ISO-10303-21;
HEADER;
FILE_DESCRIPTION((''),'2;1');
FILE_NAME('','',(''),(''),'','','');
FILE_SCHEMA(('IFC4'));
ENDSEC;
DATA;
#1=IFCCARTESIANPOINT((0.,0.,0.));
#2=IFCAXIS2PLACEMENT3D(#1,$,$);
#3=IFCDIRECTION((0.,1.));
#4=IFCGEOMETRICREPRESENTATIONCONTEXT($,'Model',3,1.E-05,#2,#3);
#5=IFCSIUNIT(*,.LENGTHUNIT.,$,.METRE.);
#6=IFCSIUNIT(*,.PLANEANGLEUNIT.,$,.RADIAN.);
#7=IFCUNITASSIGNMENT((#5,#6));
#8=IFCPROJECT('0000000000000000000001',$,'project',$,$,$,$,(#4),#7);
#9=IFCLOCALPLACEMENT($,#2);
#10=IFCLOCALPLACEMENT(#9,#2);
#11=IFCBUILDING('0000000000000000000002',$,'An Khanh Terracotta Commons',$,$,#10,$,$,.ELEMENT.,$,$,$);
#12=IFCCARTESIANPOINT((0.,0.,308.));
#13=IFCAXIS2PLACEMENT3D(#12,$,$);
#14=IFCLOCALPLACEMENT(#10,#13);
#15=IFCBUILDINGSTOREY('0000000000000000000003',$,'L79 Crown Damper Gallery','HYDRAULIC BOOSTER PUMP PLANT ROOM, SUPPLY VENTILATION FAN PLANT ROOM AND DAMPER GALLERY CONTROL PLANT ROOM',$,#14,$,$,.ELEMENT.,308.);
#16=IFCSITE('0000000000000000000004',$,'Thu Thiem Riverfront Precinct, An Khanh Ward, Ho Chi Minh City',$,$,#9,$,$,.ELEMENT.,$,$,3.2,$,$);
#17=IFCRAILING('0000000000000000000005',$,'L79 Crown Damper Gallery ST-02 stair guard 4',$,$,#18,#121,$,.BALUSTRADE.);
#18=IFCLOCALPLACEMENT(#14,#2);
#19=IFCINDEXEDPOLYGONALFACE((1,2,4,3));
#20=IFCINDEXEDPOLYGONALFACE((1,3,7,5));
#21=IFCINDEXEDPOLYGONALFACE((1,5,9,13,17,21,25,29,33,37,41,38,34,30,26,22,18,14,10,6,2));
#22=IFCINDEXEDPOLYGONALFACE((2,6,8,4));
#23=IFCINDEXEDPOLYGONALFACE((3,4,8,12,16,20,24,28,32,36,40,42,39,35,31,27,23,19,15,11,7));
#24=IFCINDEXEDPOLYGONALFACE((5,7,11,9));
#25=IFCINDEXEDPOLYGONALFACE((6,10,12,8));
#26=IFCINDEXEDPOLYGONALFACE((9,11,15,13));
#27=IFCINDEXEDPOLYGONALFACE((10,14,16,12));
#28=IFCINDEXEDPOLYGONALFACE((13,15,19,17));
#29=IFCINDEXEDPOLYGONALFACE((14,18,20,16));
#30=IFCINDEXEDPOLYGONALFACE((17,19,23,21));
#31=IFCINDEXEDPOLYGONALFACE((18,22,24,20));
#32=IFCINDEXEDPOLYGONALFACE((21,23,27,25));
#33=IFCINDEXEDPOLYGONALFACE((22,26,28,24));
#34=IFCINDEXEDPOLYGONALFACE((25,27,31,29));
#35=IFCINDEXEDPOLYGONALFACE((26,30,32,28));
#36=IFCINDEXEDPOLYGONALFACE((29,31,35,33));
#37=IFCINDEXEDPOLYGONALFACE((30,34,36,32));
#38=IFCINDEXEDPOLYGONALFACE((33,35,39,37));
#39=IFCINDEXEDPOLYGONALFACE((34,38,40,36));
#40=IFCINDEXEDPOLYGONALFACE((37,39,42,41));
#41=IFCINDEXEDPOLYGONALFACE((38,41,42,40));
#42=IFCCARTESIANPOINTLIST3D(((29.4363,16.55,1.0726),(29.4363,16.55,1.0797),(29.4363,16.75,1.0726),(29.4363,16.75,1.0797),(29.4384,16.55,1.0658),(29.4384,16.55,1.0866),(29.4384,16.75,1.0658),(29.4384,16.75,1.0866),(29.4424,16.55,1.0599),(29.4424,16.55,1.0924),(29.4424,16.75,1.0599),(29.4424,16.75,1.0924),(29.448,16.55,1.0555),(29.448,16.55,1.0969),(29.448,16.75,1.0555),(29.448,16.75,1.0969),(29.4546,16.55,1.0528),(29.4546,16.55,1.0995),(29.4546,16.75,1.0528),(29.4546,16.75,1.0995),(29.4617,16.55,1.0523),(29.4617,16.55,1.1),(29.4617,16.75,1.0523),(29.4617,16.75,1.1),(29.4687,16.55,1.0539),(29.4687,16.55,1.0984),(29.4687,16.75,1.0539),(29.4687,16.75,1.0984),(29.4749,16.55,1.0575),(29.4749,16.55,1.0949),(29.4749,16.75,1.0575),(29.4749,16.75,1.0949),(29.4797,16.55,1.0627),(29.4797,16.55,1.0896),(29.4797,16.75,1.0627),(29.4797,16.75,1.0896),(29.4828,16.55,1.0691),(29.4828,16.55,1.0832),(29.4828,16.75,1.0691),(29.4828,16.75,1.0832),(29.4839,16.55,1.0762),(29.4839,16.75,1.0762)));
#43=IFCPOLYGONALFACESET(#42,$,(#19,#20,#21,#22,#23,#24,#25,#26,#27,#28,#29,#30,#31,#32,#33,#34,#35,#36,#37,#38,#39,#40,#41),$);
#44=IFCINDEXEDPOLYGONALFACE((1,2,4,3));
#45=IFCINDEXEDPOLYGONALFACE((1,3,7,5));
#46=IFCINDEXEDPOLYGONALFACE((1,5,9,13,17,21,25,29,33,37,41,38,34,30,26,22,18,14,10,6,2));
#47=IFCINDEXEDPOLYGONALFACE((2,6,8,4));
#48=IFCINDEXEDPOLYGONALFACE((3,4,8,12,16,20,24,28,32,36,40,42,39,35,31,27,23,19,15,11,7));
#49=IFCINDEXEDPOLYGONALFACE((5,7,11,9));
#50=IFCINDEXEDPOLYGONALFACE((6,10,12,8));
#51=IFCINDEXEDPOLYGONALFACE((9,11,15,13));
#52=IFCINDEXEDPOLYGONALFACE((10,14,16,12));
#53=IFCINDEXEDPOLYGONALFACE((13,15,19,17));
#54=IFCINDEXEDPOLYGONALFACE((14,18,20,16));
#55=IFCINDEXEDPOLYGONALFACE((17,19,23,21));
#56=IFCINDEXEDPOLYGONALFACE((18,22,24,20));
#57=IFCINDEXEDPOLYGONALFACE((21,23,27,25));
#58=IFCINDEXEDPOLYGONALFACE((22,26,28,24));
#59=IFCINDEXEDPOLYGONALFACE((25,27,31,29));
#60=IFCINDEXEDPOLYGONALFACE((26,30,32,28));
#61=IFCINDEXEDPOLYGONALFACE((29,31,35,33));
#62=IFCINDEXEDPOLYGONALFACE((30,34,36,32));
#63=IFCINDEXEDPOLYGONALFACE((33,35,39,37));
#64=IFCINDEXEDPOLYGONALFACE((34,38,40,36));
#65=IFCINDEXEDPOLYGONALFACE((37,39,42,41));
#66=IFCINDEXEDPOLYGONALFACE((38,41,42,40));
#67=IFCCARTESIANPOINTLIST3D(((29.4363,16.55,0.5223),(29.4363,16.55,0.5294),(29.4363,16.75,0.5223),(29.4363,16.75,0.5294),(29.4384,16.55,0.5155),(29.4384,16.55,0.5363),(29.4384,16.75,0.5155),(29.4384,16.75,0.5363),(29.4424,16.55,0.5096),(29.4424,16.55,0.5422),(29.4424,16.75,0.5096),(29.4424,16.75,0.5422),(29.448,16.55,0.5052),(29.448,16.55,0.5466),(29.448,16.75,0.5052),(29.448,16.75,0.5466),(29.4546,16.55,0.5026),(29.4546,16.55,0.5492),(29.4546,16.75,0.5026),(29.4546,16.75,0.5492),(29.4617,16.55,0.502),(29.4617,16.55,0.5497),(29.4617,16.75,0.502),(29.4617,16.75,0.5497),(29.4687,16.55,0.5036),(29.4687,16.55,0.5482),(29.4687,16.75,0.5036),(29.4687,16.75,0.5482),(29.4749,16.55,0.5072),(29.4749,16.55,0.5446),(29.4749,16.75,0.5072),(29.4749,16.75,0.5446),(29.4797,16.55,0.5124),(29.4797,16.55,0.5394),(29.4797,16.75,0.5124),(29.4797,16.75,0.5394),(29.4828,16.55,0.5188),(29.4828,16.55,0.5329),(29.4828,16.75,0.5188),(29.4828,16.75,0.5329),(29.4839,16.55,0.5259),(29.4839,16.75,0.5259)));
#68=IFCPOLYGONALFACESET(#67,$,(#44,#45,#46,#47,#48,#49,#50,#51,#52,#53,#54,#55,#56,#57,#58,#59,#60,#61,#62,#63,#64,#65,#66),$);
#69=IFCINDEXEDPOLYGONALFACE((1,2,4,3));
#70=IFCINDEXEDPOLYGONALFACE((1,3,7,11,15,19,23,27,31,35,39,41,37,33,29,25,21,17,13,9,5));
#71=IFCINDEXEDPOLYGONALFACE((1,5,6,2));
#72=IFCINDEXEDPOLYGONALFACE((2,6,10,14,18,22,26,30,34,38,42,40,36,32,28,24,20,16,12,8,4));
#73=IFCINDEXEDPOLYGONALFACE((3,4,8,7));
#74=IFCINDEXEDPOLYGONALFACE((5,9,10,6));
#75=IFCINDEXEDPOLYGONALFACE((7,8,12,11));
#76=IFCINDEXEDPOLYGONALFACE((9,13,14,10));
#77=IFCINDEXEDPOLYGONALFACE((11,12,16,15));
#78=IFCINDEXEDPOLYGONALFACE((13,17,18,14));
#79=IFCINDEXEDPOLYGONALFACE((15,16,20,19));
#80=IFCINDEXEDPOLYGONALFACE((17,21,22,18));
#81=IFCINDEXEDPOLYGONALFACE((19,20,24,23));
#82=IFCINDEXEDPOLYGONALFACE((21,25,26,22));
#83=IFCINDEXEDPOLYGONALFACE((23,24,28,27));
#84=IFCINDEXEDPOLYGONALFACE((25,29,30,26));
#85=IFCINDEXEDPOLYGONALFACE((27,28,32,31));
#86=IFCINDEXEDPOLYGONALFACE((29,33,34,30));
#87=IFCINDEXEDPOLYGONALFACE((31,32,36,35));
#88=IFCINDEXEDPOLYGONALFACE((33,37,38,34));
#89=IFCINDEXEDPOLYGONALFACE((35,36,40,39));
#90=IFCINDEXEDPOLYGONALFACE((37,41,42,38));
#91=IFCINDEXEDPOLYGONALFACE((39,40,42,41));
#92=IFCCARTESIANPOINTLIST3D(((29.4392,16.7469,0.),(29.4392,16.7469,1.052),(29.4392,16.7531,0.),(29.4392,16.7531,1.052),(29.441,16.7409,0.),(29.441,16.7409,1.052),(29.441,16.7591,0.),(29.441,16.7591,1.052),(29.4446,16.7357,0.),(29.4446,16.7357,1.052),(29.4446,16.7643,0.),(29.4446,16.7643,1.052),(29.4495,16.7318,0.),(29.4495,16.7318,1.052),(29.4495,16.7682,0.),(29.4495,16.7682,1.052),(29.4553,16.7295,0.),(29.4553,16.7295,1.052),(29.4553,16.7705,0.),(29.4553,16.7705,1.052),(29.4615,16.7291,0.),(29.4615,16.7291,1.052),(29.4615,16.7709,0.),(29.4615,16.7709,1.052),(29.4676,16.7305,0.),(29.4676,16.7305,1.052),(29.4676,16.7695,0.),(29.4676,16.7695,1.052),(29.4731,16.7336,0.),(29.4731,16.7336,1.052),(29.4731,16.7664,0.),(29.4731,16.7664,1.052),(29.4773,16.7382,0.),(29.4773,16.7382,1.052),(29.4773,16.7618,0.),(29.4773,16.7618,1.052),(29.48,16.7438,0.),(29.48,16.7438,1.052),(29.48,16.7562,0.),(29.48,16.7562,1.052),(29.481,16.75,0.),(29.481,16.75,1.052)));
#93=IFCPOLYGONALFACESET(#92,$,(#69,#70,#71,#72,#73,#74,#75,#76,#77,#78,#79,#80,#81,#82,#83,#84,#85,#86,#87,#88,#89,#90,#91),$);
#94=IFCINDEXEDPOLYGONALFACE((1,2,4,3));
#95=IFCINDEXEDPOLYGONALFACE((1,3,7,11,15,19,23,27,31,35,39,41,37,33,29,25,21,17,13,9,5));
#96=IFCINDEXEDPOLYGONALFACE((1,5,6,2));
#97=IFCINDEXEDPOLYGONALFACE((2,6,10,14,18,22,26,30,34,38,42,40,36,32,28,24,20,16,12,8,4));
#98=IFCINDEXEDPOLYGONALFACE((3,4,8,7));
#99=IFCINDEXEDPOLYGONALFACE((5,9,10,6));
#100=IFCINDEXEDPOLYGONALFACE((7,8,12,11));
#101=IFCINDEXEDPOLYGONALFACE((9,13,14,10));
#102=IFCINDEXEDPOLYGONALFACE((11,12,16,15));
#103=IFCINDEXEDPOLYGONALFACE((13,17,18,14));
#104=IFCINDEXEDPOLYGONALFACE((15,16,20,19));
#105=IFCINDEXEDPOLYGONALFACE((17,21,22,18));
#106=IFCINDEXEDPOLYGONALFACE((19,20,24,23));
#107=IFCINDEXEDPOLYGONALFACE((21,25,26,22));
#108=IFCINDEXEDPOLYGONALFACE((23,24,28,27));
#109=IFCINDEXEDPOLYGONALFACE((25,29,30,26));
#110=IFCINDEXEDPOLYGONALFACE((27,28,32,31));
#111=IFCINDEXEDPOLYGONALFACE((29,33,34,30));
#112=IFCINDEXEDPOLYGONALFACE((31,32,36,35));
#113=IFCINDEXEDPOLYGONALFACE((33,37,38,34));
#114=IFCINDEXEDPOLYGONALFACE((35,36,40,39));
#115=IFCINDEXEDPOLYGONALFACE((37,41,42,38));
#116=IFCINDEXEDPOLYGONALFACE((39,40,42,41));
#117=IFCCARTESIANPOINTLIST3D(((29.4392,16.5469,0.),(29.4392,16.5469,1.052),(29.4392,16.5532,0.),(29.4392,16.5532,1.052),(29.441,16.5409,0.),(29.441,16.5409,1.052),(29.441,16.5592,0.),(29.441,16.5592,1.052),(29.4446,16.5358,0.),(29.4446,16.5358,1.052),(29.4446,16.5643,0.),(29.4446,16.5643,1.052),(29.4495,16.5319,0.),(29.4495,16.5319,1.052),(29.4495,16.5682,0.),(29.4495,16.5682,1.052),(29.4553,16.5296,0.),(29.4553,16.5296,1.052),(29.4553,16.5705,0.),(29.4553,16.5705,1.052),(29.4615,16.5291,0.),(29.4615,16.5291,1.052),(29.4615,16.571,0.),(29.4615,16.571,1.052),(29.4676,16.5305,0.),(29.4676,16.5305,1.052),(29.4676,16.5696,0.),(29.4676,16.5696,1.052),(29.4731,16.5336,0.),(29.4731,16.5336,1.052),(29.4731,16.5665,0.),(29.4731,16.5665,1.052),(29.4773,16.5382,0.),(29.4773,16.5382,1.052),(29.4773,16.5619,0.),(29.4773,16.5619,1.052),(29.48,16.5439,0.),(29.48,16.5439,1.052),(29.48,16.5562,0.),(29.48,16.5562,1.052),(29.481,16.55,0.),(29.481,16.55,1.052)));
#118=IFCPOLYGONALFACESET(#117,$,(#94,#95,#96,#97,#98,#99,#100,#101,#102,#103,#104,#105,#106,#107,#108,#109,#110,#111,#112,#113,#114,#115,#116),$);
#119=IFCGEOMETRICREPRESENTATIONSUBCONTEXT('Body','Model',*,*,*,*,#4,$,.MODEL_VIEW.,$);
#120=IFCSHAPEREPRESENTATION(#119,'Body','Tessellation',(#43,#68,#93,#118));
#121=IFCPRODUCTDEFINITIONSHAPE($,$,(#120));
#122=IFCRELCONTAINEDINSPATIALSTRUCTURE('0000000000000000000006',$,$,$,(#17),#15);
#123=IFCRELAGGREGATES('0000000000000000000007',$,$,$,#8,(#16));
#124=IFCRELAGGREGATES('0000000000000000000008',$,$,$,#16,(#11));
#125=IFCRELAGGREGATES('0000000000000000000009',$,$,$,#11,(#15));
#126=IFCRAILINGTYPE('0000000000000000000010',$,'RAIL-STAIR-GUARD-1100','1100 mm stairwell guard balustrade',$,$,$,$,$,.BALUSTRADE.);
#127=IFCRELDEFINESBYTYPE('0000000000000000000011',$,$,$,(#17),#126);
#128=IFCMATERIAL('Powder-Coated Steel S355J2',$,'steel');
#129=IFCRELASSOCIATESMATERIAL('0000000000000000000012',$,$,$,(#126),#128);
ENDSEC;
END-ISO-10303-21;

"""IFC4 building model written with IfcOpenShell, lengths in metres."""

from ifc_helpers import new_model, si_unit, direction, frame, origin, origin_2d, place, context, subcontext, project, spatial, circle, extrude, material, type_object, element, save


model = new_model("IFC4")

# Units and contexts
model_context = context("Model", 3, precision=1e-05, world=origin(), true_north=direction((0.0, 1.0)))
body_context = subcontext(model_context, "Body", "Model", "MODEL_VIEW")
ifc_project = project(units=[si_unit("LENGTHUNIT", "METRE"), si_unit("PLANEANGLEUNIT", "RADIAN")], contexts=[model_context])

# Site, building, storey
site_placement = place(None, origin())
site = spatial("IfcSite", under=ifc_project, at=site_placement, Name="Thu Thiem Riverfront Precinct, An Khanh Ward, Ho Chi Minh City", CompositionType="ELEMENT", RefElevation=3.2)
building_placement = place(site_placement, origin())
building = spatial("IfcBuilding", under=site, at=building_placement, Name="An Khanh Terracotta Commons", CompositionType="ELEMENT")
storey_placement = place(building_placement, frame((0.0, 0.0, 308.0)))
storey = spatial("IfcBuildingStorey", under=building, at=storey_placement, Name="L79 Crown Damper Gallery", Description="HYDRAULIC BOOSTER PUMP PLANT ROOM, SUPPLY VENTILATION FAN PLANT ROOM AND DAMPER GALLERY CONTROL PLANT ROOM", CompositionType="ELEMENT", Elevation=308.0)

# Railing
ifc_material_1 = material(Name="Powder-Coated Steel S355J2", Category="steel")
railing_type_1 = type_object("IfcRailingType", Name="RAIL-STAIR-GUARD-1100", Description="1100 mm stairwell guard balustrade", PredefinedType="BALUSTRADE", material=ifc_material_1)
railing_1_placement = place(storey_placement, frame((29.46, 16.75, 0.0)))
element("IfcRailing", 1, at=railing_1_placement, inside=storey, type_object=railing_type_1, Name="L79 Crown Damper Gallery ST-02 stair guard 4", PredefinedType="BALUSTRADE", context=body_context, shape_type="SweptSolid", body=[
    extrude(circle(Radius=0.0239, at=origin_2d()), frame((0.0, 0.0, 1.0762), z_axis=(0.0, -1.0, 0.0), x_axis=(1.0, 0.0, 0.0)), (0.0, 0.0, 1.0), 0.2),
    extrude(circle(Radius=0.0239, at=origin_2d()), frame((0.0, 0.0, 0.5259), z_axis=(0.0, -1.0, 0.0), x_axis=(1.0, 0.0, 0.0)), (0.0, 0.0, 1.0), 0.2),
    extrude(circle(Radius=0.021, at=origin_2d()), origin(), (0.0, 0.0, 1.0), 1.052),
    extrude(circle(Radius=0.021, at=origin_2d()), frame((0.0, -0.2, 0.0)), (0.0, 0.0, 1.0), 1.052),
])

save(model, "model.ifc")
